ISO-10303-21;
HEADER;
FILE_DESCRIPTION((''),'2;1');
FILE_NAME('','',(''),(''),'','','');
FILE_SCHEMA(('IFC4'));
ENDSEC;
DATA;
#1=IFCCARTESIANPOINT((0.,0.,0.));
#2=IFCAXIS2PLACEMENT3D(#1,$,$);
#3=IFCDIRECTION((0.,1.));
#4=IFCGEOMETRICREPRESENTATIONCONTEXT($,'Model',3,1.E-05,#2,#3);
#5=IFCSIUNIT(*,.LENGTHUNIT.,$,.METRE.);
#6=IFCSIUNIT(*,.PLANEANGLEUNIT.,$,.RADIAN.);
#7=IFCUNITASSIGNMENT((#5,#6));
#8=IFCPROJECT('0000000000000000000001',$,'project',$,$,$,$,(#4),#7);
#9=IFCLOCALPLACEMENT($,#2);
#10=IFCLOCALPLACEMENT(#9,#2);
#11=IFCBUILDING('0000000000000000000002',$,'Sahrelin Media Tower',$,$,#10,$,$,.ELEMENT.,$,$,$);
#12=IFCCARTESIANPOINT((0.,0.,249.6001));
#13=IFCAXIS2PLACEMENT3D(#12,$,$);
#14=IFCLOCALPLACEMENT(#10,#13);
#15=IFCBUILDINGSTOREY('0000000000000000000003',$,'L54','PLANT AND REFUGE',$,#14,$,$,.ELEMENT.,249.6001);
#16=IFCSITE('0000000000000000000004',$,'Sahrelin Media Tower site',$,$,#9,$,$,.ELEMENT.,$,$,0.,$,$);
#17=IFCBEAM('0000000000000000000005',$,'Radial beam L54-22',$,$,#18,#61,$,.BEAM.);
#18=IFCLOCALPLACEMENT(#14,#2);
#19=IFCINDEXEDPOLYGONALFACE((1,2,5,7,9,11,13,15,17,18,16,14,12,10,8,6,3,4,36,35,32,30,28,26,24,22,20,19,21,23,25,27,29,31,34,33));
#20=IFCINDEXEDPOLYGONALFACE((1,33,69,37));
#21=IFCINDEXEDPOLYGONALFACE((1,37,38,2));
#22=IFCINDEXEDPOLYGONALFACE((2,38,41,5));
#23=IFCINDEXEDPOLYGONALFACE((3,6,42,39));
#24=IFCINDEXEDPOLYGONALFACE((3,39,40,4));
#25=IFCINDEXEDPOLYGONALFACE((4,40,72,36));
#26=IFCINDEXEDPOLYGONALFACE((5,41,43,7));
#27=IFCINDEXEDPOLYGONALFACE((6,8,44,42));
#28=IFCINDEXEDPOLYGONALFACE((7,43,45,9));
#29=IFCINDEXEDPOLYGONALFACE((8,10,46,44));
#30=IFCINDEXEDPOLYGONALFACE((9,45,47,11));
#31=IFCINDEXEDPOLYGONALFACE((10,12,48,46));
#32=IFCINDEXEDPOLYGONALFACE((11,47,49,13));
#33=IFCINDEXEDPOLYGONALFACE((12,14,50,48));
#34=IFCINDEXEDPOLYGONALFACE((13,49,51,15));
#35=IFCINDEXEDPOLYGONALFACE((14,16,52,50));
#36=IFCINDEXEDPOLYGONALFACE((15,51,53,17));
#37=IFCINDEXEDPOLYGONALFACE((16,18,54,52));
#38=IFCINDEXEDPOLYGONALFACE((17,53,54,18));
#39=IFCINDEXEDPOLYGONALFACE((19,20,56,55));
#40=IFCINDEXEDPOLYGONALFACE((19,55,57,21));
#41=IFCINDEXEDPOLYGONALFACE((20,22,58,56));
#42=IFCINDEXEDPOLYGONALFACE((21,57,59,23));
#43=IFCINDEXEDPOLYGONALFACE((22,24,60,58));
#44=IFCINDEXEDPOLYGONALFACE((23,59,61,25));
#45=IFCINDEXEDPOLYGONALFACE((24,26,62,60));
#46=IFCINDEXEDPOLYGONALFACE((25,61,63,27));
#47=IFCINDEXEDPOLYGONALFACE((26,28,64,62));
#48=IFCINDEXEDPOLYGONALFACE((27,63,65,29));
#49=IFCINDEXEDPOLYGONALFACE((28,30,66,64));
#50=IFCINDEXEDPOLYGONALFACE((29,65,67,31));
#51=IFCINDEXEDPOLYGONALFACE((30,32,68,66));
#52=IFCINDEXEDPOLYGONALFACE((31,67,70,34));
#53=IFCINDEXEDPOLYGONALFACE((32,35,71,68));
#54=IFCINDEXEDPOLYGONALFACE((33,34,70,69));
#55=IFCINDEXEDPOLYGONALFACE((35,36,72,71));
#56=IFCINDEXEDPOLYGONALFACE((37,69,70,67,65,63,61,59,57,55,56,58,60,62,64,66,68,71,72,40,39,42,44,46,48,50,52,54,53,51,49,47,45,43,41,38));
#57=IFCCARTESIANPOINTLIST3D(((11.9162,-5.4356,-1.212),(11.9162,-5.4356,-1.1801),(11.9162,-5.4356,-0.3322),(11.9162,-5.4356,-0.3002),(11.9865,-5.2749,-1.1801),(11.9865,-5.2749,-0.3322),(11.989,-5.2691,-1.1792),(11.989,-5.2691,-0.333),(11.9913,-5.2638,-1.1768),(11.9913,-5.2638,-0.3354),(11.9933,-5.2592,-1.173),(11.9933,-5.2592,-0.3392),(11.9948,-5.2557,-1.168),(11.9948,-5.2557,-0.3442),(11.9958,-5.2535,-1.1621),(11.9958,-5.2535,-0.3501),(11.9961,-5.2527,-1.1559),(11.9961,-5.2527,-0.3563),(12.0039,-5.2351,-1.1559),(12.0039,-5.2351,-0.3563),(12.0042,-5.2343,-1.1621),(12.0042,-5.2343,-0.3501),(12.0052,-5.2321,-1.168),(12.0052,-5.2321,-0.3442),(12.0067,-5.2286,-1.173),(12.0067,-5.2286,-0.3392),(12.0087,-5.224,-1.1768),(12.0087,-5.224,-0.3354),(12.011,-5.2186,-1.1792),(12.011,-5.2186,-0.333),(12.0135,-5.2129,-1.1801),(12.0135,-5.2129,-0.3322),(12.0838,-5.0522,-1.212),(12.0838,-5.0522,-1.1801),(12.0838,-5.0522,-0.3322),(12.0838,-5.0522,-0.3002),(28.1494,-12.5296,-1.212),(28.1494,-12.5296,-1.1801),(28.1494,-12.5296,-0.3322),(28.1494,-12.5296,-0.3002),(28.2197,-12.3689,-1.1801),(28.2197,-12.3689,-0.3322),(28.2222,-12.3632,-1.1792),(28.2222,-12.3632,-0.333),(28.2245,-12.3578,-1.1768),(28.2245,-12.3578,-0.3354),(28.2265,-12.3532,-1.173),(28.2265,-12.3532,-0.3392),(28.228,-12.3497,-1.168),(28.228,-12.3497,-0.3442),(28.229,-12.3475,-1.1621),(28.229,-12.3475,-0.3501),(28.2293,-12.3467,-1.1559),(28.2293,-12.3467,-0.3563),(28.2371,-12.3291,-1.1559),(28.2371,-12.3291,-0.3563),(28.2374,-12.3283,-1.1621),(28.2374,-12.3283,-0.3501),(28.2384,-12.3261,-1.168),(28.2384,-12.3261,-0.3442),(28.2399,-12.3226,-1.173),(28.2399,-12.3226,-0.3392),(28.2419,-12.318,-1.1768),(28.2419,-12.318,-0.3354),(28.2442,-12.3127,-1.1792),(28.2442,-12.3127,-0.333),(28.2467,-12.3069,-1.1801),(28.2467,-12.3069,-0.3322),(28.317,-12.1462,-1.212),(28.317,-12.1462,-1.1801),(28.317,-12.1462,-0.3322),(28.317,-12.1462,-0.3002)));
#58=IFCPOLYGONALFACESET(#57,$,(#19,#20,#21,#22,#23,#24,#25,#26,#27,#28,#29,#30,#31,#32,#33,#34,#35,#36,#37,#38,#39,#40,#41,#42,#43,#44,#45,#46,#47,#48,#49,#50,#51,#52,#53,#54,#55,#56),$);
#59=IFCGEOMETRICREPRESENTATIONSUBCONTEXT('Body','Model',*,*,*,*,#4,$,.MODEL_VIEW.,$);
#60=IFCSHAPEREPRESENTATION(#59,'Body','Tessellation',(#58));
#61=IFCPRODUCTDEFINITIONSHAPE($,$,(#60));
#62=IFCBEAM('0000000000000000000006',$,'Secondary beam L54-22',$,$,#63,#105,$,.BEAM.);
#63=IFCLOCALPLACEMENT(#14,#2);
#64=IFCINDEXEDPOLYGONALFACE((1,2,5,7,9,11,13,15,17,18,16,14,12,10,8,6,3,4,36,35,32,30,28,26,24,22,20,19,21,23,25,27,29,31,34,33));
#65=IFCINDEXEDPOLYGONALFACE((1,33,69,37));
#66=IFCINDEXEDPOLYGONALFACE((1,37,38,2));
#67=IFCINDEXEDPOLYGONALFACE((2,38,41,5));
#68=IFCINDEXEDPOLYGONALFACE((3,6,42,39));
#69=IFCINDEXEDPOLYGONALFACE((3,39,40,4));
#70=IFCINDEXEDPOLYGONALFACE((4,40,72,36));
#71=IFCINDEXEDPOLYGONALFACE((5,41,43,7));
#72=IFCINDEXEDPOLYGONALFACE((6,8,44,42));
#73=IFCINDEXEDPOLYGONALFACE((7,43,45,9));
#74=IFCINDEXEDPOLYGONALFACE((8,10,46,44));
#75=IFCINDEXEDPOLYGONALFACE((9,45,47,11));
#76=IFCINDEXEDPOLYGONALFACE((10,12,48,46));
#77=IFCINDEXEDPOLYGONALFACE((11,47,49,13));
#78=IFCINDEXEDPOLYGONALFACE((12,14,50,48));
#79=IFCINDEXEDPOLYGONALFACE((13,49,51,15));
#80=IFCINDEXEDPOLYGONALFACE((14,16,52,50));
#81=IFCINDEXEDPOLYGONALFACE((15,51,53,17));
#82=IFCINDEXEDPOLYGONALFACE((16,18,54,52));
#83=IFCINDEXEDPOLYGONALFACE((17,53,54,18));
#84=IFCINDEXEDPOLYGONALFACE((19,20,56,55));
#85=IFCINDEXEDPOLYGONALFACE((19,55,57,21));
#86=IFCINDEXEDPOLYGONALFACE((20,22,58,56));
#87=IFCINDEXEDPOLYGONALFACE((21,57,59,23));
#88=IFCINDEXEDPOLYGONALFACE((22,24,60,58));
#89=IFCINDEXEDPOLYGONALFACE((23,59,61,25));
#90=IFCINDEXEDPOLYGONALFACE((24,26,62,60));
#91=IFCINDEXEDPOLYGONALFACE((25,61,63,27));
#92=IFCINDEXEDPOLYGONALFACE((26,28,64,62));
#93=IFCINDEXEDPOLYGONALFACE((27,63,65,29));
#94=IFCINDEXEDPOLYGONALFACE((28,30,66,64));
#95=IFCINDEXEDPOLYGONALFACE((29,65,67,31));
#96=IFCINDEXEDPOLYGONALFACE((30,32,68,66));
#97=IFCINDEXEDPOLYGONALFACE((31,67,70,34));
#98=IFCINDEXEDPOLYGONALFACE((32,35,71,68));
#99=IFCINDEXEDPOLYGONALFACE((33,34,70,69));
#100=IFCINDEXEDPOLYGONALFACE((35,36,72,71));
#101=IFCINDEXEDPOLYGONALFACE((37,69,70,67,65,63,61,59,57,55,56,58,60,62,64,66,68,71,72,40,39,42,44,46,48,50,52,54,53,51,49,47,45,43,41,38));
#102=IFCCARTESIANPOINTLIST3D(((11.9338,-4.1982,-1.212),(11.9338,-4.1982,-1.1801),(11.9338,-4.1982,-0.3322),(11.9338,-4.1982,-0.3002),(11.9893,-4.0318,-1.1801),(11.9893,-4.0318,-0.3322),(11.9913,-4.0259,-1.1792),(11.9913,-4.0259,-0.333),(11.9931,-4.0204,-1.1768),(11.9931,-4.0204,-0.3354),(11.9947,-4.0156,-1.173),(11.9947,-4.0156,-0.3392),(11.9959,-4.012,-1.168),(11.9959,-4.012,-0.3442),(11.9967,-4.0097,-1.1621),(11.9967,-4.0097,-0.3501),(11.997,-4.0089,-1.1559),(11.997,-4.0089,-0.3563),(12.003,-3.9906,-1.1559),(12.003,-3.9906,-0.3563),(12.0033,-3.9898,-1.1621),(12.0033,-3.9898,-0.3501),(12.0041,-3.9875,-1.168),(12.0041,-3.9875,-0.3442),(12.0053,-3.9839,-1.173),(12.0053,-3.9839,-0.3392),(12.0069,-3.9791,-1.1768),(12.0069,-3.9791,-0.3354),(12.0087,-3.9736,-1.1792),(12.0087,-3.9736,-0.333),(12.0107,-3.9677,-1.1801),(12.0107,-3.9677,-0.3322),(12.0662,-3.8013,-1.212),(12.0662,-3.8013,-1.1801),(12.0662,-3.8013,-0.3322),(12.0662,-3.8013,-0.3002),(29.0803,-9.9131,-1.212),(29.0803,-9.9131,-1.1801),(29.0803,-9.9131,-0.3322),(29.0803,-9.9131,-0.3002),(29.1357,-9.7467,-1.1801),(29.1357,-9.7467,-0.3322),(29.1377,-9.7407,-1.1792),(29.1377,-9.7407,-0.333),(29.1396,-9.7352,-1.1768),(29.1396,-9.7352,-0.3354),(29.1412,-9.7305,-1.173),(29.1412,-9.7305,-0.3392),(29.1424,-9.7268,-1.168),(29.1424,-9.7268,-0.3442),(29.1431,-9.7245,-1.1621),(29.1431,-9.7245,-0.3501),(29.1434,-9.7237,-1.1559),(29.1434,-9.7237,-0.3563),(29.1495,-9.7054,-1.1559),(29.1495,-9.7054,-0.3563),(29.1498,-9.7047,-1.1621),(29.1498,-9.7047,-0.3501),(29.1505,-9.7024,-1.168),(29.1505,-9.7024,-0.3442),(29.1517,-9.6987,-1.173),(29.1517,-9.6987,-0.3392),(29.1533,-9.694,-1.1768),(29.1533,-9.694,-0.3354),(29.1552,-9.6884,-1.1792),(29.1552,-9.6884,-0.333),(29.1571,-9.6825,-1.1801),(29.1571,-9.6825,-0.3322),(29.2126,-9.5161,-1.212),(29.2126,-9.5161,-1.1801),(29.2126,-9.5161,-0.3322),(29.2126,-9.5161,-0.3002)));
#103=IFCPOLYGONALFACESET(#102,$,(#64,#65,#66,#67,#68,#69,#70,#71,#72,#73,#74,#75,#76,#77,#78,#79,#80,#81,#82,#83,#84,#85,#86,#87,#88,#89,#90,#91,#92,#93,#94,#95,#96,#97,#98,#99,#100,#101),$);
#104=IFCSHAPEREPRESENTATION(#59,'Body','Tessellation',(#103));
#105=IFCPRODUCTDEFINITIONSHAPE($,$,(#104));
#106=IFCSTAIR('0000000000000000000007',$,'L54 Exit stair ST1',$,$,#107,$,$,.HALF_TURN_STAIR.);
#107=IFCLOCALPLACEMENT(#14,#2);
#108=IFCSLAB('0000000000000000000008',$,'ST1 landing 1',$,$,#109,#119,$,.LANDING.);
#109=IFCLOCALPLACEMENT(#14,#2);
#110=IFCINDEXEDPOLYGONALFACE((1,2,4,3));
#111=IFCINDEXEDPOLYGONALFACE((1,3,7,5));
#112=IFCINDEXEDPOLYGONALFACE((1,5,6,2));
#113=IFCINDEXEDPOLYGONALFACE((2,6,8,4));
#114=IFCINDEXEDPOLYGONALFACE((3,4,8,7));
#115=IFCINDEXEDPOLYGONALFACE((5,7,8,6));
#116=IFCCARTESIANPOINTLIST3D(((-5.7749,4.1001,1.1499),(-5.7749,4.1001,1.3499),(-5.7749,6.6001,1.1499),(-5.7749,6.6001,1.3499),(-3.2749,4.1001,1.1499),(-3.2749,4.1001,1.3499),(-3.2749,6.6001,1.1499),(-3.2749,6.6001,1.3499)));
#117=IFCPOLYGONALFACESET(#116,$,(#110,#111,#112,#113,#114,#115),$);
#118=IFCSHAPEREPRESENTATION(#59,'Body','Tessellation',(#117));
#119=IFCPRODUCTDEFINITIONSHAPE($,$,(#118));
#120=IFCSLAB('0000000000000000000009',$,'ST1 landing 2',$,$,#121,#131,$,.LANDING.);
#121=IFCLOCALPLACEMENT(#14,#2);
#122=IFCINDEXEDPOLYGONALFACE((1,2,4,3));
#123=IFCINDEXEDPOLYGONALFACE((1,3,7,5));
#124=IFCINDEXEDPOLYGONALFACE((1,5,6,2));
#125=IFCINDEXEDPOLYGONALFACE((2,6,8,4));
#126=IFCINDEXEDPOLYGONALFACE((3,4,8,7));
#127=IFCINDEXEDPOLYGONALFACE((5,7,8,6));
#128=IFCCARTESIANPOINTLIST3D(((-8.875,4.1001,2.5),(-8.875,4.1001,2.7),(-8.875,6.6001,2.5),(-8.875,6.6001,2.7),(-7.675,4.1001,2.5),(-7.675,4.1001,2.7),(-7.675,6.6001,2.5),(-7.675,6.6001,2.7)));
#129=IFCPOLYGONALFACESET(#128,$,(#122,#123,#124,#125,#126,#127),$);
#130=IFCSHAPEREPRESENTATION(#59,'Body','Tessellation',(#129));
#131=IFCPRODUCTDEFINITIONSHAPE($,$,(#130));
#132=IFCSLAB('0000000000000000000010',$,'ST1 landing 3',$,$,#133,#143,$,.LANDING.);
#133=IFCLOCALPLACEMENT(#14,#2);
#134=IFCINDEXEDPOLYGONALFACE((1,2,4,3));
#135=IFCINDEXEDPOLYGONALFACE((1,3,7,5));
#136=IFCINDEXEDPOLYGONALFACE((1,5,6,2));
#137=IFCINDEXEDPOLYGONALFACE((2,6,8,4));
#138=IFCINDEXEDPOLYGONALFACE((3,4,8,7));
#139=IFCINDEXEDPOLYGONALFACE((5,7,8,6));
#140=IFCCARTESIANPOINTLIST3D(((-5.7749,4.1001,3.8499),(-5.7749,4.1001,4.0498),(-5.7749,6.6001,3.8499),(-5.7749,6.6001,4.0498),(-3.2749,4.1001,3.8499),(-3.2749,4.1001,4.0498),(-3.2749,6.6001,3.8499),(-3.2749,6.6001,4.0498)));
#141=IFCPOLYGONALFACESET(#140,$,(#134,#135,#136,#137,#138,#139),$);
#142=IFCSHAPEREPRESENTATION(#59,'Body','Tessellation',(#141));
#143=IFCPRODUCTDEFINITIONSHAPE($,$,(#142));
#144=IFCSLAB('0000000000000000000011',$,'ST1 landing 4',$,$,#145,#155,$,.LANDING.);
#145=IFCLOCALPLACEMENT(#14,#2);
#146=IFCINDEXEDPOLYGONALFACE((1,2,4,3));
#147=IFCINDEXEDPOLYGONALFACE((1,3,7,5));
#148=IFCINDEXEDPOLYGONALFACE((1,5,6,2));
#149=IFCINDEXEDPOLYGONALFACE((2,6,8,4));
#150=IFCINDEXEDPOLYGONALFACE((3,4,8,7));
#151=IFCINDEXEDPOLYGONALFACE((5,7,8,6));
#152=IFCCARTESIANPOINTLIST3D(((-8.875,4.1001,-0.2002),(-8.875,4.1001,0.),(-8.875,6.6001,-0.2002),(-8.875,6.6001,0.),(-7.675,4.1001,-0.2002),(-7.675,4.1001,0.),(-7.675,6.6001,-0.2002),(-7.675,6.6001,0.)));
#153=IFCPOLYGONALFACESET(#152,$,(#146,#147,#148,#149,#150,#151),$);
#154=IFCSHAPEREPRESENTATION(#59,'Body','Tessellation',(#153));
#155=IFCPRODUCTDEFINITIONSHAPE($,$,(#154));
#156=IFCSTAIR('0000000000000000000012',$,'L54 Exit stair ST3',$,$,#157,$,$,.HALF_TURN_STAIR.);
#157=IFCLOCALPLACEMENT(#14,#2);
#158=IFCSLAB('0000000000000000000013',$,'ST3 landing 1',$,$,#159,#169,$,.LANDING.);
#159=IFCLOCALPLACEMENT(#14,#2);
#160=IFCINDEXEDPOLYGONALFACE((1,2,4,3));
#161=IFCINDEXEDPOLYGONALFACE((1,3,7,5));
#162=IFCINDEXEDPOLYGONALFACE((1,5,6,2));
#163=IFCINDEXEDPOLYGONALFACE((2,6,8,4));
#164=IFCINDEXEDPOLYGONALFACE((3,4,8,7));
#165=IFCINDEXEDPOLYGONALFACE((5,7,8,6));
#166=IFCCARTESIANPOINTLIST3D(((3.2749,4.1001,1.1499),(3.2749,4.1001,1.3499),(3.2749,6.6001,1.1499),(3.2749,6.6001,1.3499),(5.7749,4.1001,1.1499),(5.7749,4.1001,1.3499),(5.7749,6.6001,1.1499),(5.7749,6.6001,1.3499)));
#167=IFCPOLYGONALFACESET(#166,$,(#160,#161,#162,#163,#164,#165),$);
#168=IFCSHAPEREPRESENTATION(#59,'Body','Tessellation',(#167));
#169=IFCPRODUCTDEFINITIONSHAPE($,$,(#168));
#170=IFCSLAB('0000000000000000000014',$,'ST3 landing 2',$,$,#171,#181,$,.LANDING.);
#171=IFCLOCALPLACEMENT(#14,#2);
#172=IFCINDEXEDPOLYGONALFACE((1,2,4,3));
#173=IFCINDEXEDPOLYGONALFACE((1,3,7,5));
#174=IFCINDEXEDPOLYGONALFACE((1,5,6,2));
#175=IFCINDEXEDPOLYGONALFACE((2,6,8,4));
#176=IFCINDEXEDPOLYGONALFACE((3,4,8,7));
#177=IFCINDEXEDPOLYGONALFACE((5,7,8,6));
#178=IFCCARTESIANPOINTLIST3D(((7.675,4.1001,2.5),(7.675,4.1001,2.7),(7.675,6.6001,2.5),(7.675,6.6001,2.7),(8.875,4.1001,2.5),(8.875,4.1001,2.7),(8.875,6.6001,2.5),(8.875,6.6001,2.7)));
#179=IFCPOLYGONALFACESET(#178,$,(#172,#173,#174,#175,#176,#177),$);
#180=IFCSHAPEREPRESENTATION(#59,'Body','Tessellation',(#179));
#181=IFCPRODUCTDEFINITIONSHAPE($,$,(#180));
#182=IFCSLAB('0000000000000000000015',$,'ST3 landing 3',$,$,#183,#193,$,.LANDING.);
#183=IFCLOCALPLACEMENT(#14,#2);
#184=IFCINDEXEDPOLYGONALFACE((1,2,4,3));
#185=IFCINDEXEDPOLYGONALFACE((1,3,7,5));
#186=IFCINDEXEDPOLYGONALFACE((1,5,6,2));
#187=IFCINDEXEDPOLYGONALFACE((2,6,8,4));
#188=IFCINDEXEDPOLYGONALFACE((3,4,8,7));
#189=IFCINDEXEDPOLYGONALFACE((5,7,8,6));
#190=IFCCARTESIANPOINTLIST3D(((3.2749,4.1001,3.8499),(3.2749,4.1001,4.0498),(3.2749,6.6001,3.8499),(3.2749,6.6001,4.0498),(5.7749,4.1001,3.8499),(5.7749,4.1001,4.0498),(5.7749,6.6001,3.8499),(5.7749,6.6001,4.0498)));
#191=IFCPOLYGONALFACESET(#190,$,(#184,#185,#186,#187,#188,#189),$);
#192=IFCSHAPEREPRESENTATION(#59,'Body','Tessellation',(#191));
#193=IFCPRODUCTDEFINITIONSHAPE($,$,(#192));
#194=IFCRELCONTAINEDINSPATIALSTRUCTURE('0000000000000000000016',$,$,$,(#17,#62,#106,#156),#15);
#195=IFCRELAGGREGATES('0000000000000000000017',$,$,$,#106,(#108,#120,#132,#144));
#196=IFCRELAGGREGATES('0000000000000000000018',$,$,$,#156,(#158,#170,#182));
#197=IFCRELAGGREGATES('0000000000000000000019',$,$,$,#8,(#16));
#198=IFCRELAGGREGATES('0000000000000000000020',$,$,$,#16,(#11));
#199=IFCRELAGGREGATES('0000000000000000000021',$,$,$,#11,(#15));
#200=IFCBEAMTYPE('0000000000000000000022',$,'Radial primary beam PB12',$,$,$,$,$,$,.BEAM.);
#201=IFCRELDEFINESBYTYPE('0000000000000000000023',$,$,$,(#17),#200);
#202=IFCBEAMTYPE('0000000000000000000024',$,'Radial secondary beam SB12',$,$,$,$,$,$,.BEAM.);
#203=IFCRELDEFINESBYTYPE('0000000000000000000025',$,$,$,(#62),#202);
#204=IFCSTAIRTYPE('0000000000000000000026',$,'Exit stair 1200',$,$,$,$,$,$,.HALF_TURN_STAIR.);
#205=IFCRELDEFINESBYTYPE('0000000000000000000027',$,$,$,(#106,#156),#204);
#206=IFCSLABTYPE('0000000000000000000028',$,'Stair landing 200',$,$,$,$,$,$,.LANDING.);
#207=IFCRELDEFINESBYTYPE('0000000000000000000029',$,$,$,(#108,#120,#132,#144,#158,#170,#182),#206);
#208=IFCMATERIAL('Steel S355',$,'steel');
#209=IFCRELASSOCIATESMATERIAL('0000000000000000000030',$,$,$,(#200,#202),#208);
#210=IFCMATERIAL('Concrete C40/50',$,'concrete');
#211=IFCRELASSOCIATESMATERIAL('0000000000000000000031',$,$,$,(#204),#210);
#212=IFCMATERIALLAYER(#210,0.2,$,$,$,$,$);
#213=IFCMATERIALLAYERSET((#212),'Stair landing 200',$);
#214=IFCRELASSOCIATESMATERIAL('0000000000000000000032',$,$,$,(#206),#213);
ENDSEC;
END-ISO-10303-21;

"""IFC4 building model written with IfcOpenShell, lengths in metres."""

from ifc_helpers import new_model, si_unit, direction, frame, origin, origin_2d, place, context, subcontext, project, spatial, polyline, i_section, outline, extrude, material, layer, layer_set, material_profile, profile_set, type_object, element, aggregate, save


model = new_model("IFC4")

# Units and contexts
model_context = context("Model", 3, precision=1e-05, world=origin(), true_north=direction((0.0, 1.0)))
body_context = subcontext(model_context, "Body", "Model", "MODEL_VIEW")
ifc_project = project(units=[si_unit("LENGTHUNIT", "METRE"), si_unit("PLANEANGLEUNIT", "RADIAN")], contexts=[model_context])

# Site, building, storey
site_placement = place(None, origin())
site = spatial("IfcSite", under=ifc_project, at=site_placement, Name="Sahrelin Media Tower site", CompositionType="ELEMENT", RefElevation=0.0)
building_placement = place(site_placement, origin())
building = spatial("IfcBuilding", under=site, at=building_placement, Name="Sahrelin Media Tower", CompositionType="ELEMENT")
storey_placement = place(building_placement, frame((0.0, 0.0, 249.6001)))
storey = spatial("IfcBuildingStorey", under=building, at=storey_placement, Name="L54", Description="PLANT AND REFUGE", CompositionType="ELEMENT", Elevation=249.6001)

# Beams
ifc_material_1 = material(Name="Steel S355", Category="steel")
ifc_material_profile_1 = material_profile(ifc_material_1, i_section(OverallWidth=0.4185, OverallDepth=0.9119, WebThickness=0.0193, FlangeThickness=0.032, FilletRadius=0.0242, at=origin_2d()), Name="UB 914x419x343")
ifc_profile_set_1 = profile_set([ifc_material_profile_1], Name="Steel S355")
beam_type_1 = type_object("IfcBeamType", Name="Radial primary beam PB12", PredefinedType="BEAM", material=ifc_profile_set_1)
beam_1_placement = place(storey_placement, frame((12.0, -5.2439, -0.7561), z_axis=(0.916323, -0.400439, 0.0), x_axis=(0.400439, 0.916323, 0.0)))
element("IfcBeam", 1, at=beam_1_placement, inside=storey, type_object=beam_type_1, Name="Radial beam L54-22", PredefinedType="BEAM", context=body_context, shape_type="SweptSolid", body=[
    extrude(i_section(OverallWidth=0.4185, OverallDepth=0.9119, WebThickness=0.0193, FlangeThickness=0.032, FilletRadius=0.0242, at=origin_2d()), origin(), (0.0, 0.0, 1.0), 17.7156),
])
ifc_material_profile_2 = material_profile(ifc_material_1, i_section(OverallWidth=0.4185, OverallDepth=0.9119, WebThickness=0.0193, FlangeThickness=0.032, FilletRadius=0.0242, at=origin_2d()), Name="UB 914x419x343")
ifc_profile_set_2 = profile_set([ifc_material_profile_2], Name="Steel S355")
beam_type_2 = type_object("IfcBeamType", Name="Radial secondary beam SB12", PredefinedType="BEAM", material=ifc_profile_set_2)
beam_2_placement = place(storey_placement, frame((12.0, -3.9998, -0.7561), z_axis=(0.948694, -0.316195, 0.0), x_axis=(0.316195, 0.948694, 0.0)))
element("IfcBeam", 2, at=beam_2_placement, inside=storey, type_object=beam_type_2, Name="Secondary beam L54-22", PredefinedType="BEAM", context=body_context, shape_type="SweptSolid", body=[
    extrude(i_section(OverallWidth=0.4185, OverallDepth=0.9119, WebThickness=0.0193, FlangeThickness=0.032, FilletRadius=0.0242, at=origin_2d()), origin(), (0.0, 0.0, 1.0), 18.0737),
])

# Stairs, slabs
ifc_material_2 = material(Name="Concrete C40/50", Category="concrete")
stair_type = type_object("IfcStairType", Name="Exit stair 1200", PredefinedType="HALF_TURN_STAIR", material=ifc_material_2)
placement_1 = place(storey_placement, origin())
stair_1 = element("IfcStair", 3, at=placement_1, inside=storey, type_object=stair_type, Name="L54 Exit stair ST1", PredefinedType="HALF_TURN_STAIR")
ifc_layer_1 = layer(ifc_material_2, 0.2)
ifc_layer_set_1 = layer_set([ifc_layer_1], Name="Stair landing 200")
slab_type = type_object("IfcSlabType", Name="Stair landing 200", PredefinedType="LANDING", material=ifc_layer_set_1)
placement_2 = place(storey_placement, frame((0.0, 0.0, 1.1499)))
slab_1 = element("IfcSlab", 4, at=placement_2, type_object=slab_type, Name="ST1 landing 1", PredefinedType="LANDING", context=body_context, shape_type="SweptSolid", body=[
    extrude(outline(polyline([(-5.7749, 4.1001), (-3.2749, 4.1001), (-3.2749, 6.6001), (-5.7749, 6.6001), (-5.7749, 4.1001)])), origin(), (0.0, 0.0, 1.0), 0.2),
])
placement_3 = place(storey_placement, frame((0.0, 0.0, 2.5)))
slab_2 = element("IfcSlab", 5, at=placement_3, type_object=slab_type, Name="ST1 landing 2", PredefinedType="LANDING", context=body_context, shape_type="SweptSolid", body=[
    extrude(outline(polyline([(-8.875, 4.1001), (-7.675, 4.1001), (-7.675, 6.6001), (-8.875, 6.6001), (-8.875, 4.1001)])), origin(), (0.0, 0.0, 1.0), 0.2),
])
placement_4 = place(storey_placement, frame((0.0, 0.0, 3.8499)))
slab_3 = element("IfcSlab", 6, at=placement_4, type_object=slab_type, Name="ST1 landing 3", PredefinedType="LANDING", context=body_context, shape_type="SweptSolid", body=[
    extrude(outline(polyline([(-5.7749, 4.1001), (-3.2749, 4.1001), (-3.2749, 6.6001), (-5.7749, 6.6001), (-5.7749, 4.1001)])), origin(), (0.0, 0.0, 1.0), 0.2),
])
placement_5 = place(storey_placement, frame((0.0, 0.0, -0.2002)))
slab_4 = element("IfcSlab", 7, at=placement_5, type_object=slab_type, Name="ST1 landing 4", PredefinedType="LANDING", context=body_context, shape_type="SweptSolid", body=[
    extrude(outline(polyline([(-8.875, 4.1001), (-7.675, 4.1001), (-7.675, 6.6001), (-8.875, 6.6001), (-8.875, 4.1001)])), origin(), (0.0, 0.0, 1.0), 0.2002),
])
aggregate(stair_1, [slab_1, slab_2, slab_3, slab_4])
stair_2 = element("IfcStair", 8, at=placement_1, inside=storey, type_object=stair_type, Name="L54 Exit stair ST3", PredefinedType="HALF_TURN_STAIR")
slab_5 = element("IfcSlab", 9, at=placement_2, type_object=slab_type, Name="ST3 landing 1", PredefinedType="LANDING", context=body_context, shape_type="SweptSolid", body=[
    extrude(outline(polyline([(5.7749, 6.6001), (3.2749, 6.6001), (3.2749, 4.1001), (5.7749, 4.1001), (5.7749, 6.6001)])), origin(), (0.0, 0.0, 1.0), 0.2),
])
slab_6 = element("IfcSlab", 10, at=placement_3, type_object=slab_type, Name="ST3 landing 2", PredefinedType="LANDING", context=body_context, shape_type="SweptSolid", body=[
    extrude(outline(polyline([(8.875, 6.6001), (7.675, 6.6001), (7.675, 4.1001), (8.875, 4.1001), (8.875, 6.6001)])), origin(), (0.0, 0.0, 1.0), 0.2),
])
slab_7 = element("IfcSlab", 11, at=placement_4, type_object=slab_type, Name="ST3 landing 3", PredefinedType="LANDING", context=body_context, shape_type="SweptSolid", body=[
    extrude(outline(polyline([(5.7749, 6.6001), (3.2749, 6.6001), (3.2749, 4.1001), (5.7749, 4.1001), (5.7749, 6.6001)])), origin(), (0.0, 0.0, 1.0), 0.2),
])
aggregate(stair_2, [slab_5, slab_6, slab_7])

save(model, "model.ifc")
